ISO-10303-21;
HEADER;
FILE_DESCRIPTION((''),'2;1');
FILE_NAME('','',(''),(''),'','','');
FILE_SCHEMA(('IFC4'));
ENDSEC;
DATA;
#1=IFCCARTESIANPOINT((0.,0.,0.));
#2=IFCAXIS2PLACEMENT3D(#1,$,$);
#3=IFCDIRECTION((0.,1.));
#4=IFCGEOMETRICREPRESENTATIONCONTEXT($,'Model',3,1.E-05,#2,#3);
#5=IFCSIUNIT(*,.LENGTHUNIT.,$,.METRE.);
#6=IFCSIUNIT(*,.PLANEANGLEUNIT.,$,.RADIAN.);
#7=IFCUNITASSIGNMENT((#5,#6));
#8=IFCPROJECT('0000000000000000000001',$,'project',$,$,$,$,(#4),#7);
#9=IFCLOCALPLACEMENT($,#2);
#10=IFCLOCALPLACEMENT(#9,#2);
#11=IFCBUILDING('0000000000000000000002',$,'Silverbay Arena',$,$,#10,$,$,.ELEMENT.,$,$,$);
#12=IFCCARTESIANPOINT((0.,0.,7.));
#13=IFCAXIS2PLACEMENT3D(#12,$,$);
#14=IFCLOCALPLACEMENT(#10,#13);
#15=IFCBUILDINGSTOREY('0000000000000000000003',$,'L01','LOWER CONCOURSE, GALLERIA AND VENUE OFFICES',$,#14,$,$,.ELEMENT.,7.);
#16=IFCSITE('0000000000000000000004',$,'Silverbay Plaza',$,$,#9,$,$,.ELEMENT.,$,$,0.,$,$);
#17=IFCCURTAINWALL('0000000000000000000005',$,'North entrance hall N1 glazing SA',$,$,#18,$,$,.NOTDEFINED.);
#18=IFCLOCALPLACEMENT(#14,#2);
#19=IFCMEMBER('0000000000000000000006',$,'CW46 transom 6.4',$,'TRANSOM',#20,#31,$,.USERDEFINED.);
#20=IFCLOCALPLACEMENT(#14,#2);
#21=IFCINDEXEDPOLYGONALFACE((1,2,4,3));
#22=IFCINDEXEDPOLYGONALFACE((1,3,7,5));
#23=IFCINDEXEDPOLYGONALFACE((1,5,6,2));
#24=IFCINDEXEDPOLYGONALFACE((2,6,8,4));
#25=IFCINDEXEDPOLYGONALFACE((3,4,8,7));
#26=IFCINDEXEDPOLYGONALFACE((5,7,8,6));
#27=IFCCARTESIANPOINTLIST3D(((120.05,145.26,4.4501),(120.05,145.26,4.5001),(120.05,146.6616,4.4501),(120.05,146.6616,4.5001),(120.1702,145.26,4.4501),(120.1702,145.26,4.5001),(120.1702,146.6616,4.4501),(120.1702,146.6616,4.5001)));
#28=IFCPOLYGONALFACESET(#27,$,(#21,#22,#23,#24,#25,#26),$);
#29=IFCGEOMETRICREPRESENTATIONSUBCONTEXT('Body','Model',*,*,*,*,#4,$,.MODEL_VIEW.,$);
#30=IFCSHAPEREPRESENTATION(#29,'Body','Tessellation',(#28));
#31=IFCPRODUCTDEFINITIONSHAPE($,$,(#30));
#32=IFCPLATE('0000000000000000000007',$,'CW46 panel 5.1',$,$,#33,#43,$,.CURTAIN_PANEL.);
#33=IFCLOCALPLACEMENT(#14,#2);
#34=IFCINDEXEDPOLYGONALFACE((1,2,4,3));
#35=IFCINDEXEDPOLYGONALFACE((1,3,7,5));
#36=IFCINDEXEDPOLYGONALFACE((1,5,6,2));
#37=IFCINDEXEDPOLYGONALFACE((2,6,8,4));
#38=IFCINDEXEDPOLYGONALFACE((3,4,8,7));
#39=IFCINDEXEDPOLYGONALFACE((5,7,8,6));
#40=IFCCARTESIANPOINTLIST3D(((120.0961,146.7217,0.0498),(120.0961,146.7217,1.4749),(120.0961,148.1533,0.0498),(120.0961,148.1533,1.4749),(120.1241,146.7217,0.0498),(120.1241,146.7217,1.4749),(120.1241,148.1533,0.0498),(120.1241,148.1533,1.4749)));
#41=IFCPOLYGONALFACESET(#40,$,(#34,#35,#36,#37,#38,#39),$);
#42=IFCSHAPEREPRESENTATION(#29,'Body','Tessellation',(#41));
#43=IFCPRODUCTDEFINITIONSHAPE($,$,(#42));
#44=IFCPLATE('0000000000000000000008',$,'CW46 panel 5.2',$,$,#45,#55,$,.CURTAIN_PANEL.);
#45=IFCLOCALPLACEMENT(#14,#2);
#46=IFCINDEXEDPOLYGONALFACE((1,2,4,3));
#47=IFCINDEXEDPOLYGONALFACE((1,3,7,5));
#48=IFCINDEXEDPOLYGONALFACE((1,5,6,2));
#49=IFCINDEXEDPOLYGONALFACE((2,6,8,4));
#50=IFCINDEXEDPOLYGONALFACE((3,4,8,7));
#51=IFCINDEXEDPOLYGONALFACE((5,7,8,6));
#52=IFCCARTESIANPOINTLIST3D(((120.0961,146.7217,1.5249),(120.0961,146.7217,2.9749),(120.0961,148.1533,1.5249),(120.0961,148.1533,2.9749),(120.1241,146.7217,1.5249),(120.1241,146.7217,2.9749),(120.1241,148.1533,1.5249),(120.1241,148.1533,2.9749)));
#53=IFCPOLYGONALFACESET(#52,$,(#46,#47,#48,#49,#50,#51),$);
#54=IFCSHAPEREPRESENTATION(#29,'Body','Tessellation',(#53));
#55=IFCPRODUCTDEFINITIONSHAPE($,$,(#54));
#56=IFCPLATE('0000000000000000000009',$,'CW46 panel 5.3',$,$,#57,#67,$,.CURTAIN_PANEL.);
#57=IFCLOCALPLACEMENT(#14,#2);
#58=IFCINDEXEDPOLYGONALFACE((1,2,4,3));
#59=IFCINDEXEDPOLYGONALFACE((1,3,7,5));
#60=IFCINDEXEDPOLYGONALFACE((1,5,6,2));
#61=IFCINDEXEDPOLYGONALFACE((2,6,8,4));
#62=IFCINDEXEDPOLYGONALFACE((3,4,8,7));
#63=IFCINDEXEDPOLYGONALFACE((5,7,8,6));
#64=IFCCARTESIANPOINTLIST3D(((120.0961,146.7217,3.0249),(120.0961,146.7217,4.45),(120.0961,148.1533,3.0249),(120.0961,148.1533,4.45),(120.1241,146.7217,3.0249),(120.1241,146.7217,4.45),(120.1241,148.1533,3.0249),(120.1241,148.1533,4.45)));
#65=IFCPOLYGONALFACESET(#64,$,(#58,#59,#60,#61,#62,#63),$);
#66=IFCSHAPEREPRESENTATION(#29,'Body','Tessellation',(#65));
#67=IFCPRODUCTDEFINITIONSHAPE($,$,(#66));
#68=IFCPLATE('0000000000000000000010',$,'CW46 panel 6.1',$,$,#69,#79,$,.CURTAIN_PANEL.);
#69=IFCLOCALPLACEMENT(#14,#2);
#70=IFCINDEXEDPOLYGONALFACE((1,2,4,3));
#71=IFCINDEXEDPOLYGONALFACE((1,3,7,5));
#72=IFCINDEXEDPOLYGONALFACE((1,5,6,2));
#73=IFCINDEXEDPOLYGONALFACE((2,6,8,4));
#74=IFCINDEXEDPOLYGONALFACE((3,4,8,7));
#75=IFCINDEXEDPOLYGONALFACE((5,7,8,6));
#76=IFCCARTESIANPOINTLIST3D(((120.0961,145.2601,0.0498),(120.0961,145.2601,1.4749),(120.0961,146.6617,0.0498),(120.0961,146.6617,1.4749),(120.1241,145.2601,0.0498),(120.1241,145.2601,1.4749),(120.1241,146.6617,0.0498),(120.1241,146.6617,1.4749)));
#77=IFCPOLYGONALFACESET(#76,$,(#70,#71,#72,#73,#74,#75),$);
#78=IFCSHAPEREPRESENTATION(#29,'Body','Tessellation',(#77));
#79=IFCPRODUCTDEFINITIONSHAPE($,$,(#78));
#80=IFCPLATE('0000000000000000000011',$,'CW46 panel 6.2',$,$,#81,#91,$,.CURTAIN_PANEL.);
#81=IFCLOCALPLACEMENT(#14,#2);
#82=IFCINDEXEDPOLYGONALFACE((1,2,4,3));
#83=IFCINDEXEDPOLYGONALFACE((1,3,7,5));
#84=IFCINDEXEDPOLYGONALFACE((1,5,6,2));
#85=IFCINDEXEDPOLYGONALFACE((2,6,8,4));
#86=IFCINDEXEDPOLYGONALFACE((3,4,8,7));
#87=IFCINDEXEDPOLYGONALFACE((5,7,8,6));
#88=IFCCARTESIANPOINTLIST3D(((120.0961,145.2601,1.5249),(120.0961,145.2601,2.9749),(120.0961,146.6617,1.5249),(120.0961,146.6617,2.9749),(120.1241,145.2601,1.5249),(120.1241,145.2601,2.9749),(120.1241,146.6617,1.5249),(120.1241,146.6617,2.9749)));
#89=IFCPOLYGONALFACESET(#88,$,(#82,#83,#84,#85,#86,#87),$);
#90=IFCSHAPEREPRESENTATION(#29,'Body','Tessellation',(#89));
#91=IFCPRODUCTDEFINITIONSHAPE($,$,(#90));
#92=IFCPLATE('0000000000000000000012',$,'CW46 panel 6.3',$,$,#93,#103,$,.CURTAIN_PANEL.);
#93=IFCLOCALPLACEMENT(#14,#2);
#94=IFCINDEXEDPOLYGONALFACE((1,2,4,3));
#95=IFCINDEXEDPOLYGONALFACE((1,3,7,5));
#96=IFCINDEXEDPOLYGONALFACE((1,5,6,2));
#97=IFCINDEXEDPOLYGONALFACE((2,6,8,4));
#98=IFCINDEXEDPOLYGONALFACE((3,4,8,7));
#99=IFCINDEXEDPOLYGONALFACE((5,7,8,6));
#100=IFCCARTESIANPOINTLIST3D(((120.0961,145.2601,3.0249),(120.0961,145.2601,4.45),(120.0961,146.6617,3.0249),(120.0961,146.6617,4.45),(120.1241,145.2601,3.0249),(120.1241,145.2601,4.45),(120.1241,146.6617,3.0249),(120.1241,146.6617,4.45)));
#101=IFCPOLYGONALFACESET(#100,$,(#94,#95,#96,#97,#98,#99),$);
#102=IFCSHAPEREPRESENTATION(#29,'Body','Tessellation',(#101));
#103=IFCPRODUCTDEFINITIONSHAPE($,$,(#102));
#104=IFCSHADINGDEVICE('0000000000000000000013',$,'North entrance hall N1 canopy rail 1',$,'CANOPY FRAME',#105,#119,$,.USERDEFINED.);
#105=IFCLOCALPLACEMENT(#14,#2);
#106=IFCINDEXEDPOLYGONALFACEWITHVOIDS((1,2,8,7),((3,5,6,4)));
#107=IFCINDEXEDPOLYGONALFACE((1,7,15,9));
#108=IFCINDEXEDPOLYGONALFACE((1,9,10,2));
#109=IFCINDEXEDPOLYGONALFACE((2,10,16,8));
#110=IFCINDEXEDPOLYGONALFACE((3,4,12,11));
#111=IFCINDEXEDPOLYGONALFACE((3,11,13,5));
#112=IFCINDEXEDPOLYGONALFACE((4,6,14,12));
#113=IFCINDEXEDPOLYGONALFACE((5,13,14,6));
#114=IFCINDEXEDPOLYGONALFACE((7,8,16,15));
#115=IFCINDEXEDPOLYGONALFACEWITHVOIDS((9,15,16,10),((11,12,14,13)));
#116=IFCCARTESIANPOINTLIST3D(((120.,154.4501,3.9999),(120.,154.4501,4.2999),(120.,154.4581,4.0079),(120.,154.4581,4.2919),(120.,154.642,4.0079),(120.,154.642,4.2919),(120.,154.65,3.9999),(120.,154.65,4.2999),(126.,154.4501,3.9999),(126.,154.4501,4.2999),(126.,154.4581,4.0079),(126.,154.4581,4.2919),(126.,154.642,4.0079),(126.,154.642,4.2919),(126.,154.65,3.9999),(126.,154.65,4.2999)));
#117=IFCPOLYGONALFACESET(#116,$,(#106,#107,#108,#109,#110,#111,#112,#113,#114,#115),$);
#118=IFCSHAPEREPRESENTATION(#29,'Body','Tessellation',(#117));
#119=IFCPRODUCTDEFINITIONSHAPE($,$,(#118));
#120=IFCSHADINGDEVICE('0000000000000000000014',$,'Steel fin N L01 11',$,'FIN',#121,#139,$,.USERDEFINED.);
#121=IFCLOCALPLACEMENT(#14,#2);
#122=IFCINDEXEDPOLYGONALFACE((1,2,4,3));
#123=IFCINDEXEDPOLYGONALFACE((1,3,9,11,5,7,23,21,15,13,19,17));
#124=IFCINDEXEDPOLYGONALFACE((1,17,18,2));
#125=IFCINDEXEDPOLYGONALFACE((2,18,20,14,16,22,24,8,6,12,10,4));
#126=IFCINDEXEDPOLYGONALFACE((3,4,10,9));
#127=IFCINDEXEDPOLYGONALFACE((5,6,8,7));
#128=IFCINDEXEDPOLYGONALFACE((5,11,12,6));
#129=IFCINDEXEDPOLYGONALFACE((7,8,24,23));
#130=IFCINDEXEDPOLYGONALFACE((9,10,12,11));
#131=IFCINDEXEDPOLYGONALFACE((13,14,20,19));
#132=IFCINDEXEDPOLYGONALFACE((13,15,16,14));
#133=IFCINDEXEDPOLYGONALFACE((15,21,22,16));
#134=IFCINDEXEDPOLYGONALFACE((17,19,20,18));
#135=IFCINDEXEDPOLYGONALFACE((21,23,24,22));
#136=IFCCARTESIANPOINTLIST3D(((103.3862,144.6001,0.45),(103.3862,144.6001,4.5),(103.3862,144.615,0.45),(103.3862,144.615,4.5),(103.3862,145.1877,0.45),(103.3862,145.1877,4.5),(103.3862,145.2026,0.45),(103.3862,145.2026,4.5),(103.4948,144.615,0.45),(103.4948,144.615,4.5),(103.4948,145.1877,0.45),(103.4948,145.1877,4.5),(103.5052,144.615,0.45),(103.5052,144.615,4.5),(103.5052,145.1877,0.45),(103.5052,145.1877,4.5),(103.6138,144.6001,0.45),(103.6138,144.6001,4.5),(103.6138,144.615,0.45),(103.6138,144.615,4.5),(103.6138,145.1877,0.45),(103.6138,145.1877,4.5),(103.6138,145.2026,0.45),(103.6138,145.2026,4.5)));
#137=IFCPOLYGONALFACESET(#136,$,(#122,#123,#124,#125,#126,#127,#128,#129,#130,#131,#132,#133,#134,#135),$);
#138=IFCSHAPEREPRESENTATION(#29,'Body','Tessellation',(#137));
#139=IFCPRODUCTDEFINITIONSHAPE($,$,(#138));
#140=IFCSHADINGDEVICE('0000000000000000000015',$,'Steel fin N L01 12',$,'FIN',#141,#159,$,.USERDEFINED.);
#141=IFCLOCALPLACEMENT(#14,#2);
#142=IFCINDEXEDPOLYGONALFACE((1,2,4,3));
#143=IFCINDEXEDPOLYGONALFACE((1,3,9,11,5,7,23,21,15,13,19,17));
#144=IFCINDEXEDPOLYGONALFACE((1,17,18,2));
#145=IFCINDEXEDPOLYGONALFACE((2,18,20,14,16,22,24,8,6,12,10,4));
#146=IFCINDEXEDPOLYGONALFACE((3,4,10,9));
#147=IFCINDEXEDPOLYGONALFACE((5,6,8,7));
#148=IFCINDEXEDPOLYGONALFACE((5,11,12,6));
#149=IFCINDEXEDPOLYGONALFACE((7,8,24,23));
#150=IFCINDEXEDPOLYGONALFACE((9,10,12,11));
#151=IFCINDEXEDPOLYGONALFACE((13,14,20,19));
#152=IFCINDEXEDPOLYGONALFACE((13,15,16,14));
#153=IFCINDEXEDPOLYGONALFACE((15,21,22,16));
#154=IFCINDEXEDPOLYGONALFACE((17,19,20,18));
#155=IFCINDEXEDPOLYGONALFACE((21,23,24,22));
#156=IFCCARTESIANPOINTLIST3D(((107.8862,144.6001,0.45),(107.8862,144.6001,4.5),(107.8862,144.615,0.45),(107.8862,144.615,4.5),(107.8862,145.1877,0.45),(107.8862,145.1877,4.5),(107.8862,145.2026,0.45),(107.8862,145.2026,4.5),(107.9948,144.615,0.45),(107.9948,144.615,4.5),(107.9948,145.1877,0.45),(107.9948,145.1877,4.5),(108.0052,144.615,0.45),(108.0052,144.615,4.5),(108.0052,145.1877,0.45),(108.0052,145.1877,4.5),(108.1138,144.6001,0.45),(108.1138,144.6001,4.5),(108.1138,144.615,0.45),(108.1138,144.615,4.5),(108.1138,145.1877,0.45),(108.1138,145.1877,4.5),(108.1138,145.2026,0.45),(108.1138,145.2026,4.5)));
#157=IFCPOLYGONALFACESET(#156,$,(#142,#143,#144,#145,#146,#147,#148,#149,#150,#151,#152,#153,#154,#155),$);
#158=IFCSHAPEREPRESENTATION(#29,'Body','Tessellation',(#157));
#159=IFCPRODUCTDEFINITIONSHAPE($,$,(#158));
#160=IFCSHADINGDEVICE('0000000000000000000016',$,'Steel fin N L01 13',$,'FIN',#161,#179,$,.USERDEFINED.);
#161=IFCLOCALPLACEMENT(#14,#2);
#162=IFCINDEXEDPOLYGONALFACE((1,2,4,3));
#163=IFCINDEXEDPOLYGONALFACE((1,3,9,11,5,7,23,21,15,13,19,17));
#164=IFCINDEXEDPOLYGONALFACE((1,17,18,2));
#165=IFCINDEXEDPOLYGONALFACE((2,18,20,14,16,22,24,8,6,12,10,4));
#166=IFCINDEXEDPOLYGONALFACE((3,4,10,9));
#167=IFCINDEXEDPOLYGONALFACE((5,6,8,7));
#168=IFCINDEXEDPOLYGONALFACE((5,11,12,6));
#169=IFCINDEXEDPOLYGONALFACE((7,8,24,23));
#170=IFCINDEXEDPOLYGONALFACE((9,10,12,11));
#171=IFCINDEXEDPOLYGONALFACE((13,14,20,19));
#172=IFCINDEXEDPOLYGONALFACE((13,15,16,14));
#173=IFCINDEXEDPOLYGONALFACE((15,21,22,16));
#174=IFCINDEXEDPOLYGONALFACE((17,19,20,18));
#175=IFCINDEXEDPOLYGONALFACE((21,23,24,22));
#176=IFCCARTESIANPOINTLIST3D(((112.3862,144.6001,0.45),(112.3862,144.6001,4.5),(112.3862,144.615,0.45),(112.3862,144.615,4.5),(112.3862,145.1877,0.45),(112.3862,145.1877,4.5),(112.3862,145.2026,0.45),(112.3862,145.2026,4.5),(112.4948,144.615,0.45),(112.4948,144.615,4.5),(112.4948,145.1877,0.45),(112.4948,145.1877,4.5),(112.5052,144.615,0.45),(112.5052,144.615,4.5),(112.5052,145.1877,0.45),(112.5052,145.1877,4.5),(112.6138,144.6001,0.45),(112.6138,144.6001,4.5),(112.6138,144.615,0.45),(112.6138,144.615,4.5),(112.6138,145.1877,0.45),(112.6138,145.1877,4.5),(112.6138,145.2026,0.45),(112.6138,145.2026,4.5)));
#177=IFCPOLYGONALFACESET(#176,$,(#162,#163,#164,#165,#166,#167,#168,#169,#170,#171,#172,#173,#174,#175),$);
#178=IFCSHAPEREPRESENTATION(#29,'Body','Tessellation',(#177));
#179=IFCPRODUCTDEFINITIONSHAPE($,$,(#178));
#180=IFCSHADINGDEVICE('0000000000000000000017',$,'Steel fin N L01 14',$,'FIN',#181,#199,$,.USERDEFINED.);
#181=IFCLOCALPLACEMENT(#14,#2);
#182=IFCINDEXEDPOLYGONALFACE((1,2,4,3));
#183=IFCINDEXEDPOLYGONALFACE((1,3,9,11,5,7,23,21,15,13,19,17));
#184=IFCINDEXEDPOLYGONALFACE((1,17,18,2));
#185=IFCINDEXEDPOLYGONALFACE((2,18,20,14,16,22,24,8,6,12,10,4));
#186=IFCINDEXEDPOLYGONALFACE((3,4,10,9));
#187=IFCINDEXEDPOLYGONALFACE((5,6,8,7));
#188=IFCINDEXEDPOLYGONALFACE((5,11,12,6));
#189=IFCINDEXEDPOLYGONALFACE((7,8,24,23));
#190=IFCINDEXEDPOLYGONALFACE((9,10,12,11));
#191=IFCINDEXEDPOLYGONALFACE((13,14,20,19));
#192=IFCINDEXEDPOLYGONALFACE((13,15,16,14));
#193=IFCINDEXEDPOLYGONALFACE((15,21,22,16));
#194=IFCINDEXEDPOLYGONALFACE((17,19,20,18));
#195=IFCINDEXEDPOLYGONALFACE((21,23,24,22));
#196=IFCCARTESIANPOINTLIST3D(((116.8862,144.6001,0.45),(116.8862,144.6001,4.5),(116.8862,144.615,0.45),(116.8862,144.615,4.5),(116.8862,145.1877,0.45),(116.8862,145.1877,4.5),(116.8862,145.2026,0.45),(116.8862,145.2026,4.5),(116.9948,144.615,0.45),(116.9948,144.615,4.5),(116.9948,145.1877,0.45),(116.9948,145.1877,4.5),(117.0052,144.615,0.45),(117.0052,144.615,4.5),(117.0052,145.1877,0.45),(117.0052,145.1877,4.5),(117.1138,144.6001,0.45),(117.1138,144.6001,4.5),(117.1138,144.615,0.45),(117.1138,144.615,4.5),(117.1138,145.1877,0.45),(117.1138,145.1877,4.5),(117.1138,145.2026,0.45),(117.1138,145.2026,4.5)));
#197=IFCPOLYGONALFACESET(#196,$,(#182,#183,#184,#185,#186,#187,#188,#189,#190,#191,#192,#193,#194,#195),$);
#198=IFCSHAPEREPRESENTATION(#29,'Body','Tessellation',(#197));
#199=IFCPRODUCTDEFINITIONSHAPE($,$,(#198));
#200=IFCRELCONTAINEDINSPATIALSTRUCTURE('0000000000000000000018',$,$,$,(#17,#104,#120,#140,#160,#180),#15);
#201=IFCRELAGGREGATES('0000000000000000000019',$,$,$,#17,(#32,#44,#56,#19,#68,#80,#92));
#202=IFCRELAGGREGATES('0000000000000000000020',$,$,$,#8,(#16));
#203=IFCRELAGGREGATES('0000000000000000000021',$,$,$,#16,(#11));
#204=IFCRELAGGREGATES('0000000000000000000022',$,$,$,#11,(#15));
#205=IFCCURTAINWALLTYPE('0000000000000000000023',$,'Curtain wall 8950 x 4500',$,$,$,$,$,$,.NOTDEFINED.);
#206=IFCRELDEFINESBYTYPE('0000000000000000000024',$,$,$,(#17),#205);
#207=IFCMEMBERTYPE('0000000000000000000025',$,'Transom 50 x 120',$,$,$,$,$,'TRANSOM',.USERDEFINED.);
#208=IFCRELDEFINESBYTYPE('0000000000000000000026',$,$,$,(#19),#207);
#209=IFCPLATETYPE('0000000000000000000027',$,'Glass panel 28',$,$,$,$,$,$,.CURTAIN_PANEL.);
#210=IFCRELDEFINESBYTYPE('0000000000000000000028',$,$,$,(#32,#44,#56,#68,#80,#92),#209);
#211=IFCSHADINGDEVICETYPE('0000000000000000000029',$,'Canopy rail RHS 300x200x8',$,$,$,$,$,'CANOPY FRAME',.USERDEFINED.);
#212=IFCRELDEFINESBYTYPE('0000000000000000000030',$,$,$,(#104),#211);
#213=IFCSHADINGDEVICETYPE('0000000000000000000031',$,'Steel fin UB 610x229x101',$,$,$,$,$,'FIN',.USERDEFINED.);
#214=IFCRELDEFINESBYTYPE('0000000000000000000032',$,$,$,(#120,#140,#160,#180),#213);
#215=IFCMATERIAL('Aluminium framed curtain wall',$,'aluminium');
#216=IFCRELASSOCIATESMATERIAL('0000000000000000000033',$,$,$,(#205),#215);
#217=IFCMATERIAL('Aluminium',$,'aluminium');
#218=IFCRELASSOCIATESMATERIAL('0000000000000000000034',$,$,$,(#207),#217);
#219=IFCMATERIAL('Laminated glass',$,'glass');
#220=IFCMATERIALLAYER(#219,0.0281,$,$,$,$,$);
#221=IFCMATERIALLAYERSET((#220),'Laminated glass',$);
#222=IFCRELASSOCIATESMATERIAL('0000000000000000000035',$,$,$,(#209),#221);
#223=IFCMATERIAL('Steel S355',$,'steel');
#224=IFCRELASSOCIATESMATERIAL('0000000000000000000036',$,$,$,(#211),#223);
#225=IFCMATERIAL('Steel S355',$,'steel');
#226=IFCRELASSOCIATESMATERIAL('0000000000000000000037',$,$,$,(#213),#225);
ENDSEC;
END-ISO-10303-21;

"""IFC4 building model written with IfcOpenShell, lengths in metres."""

from ifc_helpers import new_model, si_unit, direction, frame, origin, origin_2d, place, context, subcontext, project, spatial, rectangle, hollow_rectangle, i_section, extrude, material, layer, layer_set, material_profile, profile_set, type_object, element, aggregate, save


model = new_model("IFC4")

# Units and contexts
model_context = context("Model", 3, precision=1e-05, world=origin(), true_north=direction((0.0, 1.0)))
body_context = subcontext(model_context, "Body", "Model", "MODEL_VIEW")
ifc_project = project(units=[si_unit("LENGTHUNIT", "METRE"), si_unit("PLANEANGLEUNIT", "RADIAN")], contexts=[model_context])

# Site, building, storey
site_placement = place(None, origin())
site = spatial("IfcSite", under=ifc_project, at=site_placement, Name="Silverbay Plaza", CompositionType="ELEMENT", RefElevation=0.0)
building_placement = place(site_placement, origin())
building = spatial("IfcBuilding", under=site, at=building_placement, Name="Silverbay Arena", CompositionType="ELEMENT")
storey_placement = place(building_placement, frame((0.0, 0.0, 7.0)))
storey = spatial("IfcBuildingStorey", under=building, at=storey_placement, Name="L01", Description="LOWER CONCOURSE, GALLERIA AND VENUE OFFICES", CompositionType="ELEMENT", Elevation=7.0)

# Curtain wall
ifc_material_1 = material(Name="Aluminium framed curtain wall", Category="aluminium")
curtain_wall_type = type_object("IfcCurtainWallType", Name="Curtain wall 8950 x 4500", PredefinedType="NOTDEFINED", material=ifc_material_1)
curtain_wall_placement = place(storey_placement, origin())
curtain_wall = element("IfcCurtainWall", 1, at=curtain_wall_placement, inside=storey, type_object=curtain_wall_type, Name="North entrance hall N1 glazing SA", PredefinedType="NOTDEFINED")

# Member
ifc_material_2 = material(Name="Aluminium", Category="aluminium")
ifc_material_profile_1 = material_profile(ifc_material_2, rectangle(XDim=0.1201, YDim=0.05, at=origin_2d()), Name="Transom 50 x 120")
ifc_profile_set_1 = profile_set([ifc_material_profile_1], Name="Aluminium")
member_type_1 = type_object("IfcMemberType", Name="Transom 50 x 120", ElementType="TRANSOM", PredefinedType="USERDEFINED", material=ifc_profile_set_1)
member_1_placement = place(storey_placement, frame((120.1101, 146.6616, 4.4751), z_axis=(0.0, -1.0, 0.0), x_axis=(1.0, 0.0, 0.0)))
member_1 = element("IfcMember", 2, at=member_1_placement, type_object=member_type_1, Name="CW46 transom 6.4", ObjectType="TRANSOM", PredefinedType="USERDEFINED", context=body_context, shape_type="SweptSolid", body=[
    extrude(rectangle(XDim=0.1201, YDim=0.05, at=origin_2d()), origin(), (0.0, 0.0, 1.0), 1.4016),
])

# Plates
ifc_material_3 = material(Name="Laminated glass", Category="glass")
ifc_layer = layer(ifc_material_3, 0.0281)
ifc_layer_set = layer_set([ifc_layer], Name="Laminated glass")
plate_type = type_object("IfcPlateType", Name="Glass panel 28", PredefinedType="CURTAIN_PANEL", material=ifc_layer_set)
plate_1_placement = place(storey_placement, frame((120.1101, 147.4375, 0.0498), z_axis=(0.0, 0.0, 1.0), x_axis=(0.0, -1.0, 0.0)))
plate_1 = element("IfcPlate", 3, at=plate_1_placement, type_object=plate_type, Name="CW46 panel 5.1", PredefinedType="CURTAIN_PANEL", context=body_context, shape_type="SweptSolid", body=[
    extrude(rectangle(XDim=1.4316, YDim=0.0281, at=origin_2d()), origin(), (0.0, 0.0, 1.0), 1.425),
])
plate_2_placement = place(storey_placement, frame((120.1101, 147.4375, 1.5249), z_axis=(0.0, 0.0, 1.0), x_axis=(0.0, -1.0, 0.0)))
plate_2 = element("IfcPlate", 4, at=plate_2_placement, type_object=plate_type, Name="CW46 panel 5.2", PredefinedType="CURTAIN_PANEL", context=body_context, shape_type="SweptSolid", body=[
    extrude(rectangle(XDim=1.4316, YDim=0.0281, at=origin_2d()), origin(), (0.0, 0.0, 1.0), 1.45),
])
plate_3_placement = place(storey_placement, frame((120.1101, 147.4375, 3.0249), z_axis=(0.0, 0.0, 1.0), x_axis=(0.0, -1.0, 0.0)))
plate_3 = element("IfcPlate", 5, at=plate_3_placement, type_object=plate_type, Name="CW46 panel 5.3", PredefinedType="CURTAIN_PANEL", context=body_context, shape_type="SweptSolid", body=[
    extrude(rectangle(XDim=1.4316, YDim=0.0281, at=origin_2d()), origin(), (0.0, 0.0, 1.0), 1.425),
])
plate_4_placement = place(storey_placement, frame((120.1101, 145.9609, 0.0498), z_axis=(0.0, 0.0, 1.0), x_axis=(0.0, -1.0, 0.0)))
plate_4 = element("IfcPlate", 6, at=plate_4_placement, type_object=plate_type, Name="CW46 panel 6.1", PredefinedType="CURTAIN_PANEL", context=body_context, shape_type="SweptSolid", body=[
    extrude(rectangle(XDim=1.4016, YDim=0.0281, at=origin_2d()), origin(), (0.0, 0.0, 1.0), 1.425),
])
plate_5_placement = place(storey_placement, frame((120.1101, 145.9609, 1.5249), z_axis=(0.0, 0.0, 1.0), x_axis=(0.0, -1.0, 0.0)))
plate_5 = element("IfcPlate", 7, at=plate_5_placement, type_object=plate_type, Name="CW46 panel 6.2", PredefinedType="CURTAIN_PANEL", context=body_context, shape_type="SweptSolid", body=[
    extrude(rectangle(XDim=1.4016, YDim=0.0281, at=origin_2d()), origin(), (0.0, 0.0, 1.0), 1.45),
])
plate_6_placement = place(storey_placement, frame((120.1101, 145.9609, 3.0249), z_axis=(0.0, 0.0, 1.0), x_axis=(0.0, -1.0, 0.0)))
plate_6 = element("IfcPlate", 8, at=plate_6_placement, type_object=plate_type, Name="CW46 panel 6.3", PredefinedType="CURTAIN_PANEL", context=body_context, shape_type="SweptSolid", body=[
    extrude(rectangle(XDim=1.4016, YDim=0.0281, at=origin_2d()), origin(), (0.0, 0.0, 1.0), 1.425),
])
aggregate(curtain_wall, [plate_1, plate_2, plate_3, member_1, plate_4, plate_5, plate_6])

# Shading devices
ifc_material_4 = material(Name="Steel S355", Category="steel")
ifc_material_profile_2 = material_profile(ifc_material_4, hollow_rectangle(XDim=0.2, YDim=0.3, WallThickness=0.0081, at=origin_2d()), Name="RHS 300x200x8")
ifc_profile_set_2 = profile_set([ifc_material_profile_2], Name="Steel S355")
shading_device_type_1 = type_object("IfcShadingDeviceType", Name="Canopy rail RHS 300x200x8", ElementType="CANOPY FRAME", PredefinedType="USERDEFINED", material=ifc_profile_set_2)
shading_device_placement = place(storey_placement, frame((120.0, 154.55, 4.1499), z_axis=(1.0, 0.0, 0.0), x_axis=(0.0, 1.0, 0.0)))
element("IfcShadingDevice", 9, at=shading_device_placement, inside=storey, type_object=shading_device_type_1, Name="North entrance hall N1 canopy rail 1", ObjectType="CANOPY FRAME", PredefinedType="USERDEFINED", context=body_context, shape_type="SweptSolid", body=[
    extrude(hollow_rectangle(XDim=0.2, YDim=0.3, WallThickness=0.0081, at=origin_2d()), origin(), (0.0, 0.0, 1.0), 6.0),
])
ifc_material_5 = material(Name="Steel S355", Category="steel")
ifc_material_profile_3 = material_profile(ifc_material_5, i_section(OverallWidth=0.2275, OverallDepth=0.6025, WebThickness=0.0105, FlangeThickness=0.0149, at=origin_2d()), Name="UB 610x229x101")
ifc_profile_set_3 = profile_set([ifc_material_profile_3], Name="Steel S355")
shading_device_type_2 = type_object("IfcShadingDeviceType", Name="Steel fin UB 610x229x101", ElementType="FIN", PredefinedType="USERDEFINED", material=ifc_profile_set_3)
for number, where, z_axis, x_axis, name in (
    (10, (103.5, 144.9014, 0.45), (0.0, 0.0, 1.0), (1.0, 0.0, 0.0), "Steel fin N L01 11"),
    (11, (108.0, 144.9014, 0.45), (0.0, 0.0, 1.0), (1.0, 0.0, 0.0), "Steel fin N L01 12"),
    (12, (112.5, 144.9014, 0.45), (0.0, 0.0, 1.0), (1.0, 0.0, 0.0), "Steel fin N L01 13"),
    (13, (117.0, 144.9014, 0.45), (0.0, 0.0, 1.0), (1.0, 0.0, 0.0), "Steel fin N L01 14"),
):
    element("IfcShadingDevice", number, at=place(storey_placement, frame(where, z_axis=z_axis, x_axis=x_axis)), inside=storey, type_object=shading_device_type_2, Name=name, ObjectType="FIN", PredefinedType="USERDEFINED", context=body_context, shape_type="SweptSolid", body=[
        extrude(i_section(OverallWidth=0.2275, OverallDepth=0.6025, WebThickness=0.0105, FlangeThickness=0.0149, at=origin_2d()), origin(), (0.0, 0.0, 1.0), 4.05),
    ])

save(model, "model.ifc")
